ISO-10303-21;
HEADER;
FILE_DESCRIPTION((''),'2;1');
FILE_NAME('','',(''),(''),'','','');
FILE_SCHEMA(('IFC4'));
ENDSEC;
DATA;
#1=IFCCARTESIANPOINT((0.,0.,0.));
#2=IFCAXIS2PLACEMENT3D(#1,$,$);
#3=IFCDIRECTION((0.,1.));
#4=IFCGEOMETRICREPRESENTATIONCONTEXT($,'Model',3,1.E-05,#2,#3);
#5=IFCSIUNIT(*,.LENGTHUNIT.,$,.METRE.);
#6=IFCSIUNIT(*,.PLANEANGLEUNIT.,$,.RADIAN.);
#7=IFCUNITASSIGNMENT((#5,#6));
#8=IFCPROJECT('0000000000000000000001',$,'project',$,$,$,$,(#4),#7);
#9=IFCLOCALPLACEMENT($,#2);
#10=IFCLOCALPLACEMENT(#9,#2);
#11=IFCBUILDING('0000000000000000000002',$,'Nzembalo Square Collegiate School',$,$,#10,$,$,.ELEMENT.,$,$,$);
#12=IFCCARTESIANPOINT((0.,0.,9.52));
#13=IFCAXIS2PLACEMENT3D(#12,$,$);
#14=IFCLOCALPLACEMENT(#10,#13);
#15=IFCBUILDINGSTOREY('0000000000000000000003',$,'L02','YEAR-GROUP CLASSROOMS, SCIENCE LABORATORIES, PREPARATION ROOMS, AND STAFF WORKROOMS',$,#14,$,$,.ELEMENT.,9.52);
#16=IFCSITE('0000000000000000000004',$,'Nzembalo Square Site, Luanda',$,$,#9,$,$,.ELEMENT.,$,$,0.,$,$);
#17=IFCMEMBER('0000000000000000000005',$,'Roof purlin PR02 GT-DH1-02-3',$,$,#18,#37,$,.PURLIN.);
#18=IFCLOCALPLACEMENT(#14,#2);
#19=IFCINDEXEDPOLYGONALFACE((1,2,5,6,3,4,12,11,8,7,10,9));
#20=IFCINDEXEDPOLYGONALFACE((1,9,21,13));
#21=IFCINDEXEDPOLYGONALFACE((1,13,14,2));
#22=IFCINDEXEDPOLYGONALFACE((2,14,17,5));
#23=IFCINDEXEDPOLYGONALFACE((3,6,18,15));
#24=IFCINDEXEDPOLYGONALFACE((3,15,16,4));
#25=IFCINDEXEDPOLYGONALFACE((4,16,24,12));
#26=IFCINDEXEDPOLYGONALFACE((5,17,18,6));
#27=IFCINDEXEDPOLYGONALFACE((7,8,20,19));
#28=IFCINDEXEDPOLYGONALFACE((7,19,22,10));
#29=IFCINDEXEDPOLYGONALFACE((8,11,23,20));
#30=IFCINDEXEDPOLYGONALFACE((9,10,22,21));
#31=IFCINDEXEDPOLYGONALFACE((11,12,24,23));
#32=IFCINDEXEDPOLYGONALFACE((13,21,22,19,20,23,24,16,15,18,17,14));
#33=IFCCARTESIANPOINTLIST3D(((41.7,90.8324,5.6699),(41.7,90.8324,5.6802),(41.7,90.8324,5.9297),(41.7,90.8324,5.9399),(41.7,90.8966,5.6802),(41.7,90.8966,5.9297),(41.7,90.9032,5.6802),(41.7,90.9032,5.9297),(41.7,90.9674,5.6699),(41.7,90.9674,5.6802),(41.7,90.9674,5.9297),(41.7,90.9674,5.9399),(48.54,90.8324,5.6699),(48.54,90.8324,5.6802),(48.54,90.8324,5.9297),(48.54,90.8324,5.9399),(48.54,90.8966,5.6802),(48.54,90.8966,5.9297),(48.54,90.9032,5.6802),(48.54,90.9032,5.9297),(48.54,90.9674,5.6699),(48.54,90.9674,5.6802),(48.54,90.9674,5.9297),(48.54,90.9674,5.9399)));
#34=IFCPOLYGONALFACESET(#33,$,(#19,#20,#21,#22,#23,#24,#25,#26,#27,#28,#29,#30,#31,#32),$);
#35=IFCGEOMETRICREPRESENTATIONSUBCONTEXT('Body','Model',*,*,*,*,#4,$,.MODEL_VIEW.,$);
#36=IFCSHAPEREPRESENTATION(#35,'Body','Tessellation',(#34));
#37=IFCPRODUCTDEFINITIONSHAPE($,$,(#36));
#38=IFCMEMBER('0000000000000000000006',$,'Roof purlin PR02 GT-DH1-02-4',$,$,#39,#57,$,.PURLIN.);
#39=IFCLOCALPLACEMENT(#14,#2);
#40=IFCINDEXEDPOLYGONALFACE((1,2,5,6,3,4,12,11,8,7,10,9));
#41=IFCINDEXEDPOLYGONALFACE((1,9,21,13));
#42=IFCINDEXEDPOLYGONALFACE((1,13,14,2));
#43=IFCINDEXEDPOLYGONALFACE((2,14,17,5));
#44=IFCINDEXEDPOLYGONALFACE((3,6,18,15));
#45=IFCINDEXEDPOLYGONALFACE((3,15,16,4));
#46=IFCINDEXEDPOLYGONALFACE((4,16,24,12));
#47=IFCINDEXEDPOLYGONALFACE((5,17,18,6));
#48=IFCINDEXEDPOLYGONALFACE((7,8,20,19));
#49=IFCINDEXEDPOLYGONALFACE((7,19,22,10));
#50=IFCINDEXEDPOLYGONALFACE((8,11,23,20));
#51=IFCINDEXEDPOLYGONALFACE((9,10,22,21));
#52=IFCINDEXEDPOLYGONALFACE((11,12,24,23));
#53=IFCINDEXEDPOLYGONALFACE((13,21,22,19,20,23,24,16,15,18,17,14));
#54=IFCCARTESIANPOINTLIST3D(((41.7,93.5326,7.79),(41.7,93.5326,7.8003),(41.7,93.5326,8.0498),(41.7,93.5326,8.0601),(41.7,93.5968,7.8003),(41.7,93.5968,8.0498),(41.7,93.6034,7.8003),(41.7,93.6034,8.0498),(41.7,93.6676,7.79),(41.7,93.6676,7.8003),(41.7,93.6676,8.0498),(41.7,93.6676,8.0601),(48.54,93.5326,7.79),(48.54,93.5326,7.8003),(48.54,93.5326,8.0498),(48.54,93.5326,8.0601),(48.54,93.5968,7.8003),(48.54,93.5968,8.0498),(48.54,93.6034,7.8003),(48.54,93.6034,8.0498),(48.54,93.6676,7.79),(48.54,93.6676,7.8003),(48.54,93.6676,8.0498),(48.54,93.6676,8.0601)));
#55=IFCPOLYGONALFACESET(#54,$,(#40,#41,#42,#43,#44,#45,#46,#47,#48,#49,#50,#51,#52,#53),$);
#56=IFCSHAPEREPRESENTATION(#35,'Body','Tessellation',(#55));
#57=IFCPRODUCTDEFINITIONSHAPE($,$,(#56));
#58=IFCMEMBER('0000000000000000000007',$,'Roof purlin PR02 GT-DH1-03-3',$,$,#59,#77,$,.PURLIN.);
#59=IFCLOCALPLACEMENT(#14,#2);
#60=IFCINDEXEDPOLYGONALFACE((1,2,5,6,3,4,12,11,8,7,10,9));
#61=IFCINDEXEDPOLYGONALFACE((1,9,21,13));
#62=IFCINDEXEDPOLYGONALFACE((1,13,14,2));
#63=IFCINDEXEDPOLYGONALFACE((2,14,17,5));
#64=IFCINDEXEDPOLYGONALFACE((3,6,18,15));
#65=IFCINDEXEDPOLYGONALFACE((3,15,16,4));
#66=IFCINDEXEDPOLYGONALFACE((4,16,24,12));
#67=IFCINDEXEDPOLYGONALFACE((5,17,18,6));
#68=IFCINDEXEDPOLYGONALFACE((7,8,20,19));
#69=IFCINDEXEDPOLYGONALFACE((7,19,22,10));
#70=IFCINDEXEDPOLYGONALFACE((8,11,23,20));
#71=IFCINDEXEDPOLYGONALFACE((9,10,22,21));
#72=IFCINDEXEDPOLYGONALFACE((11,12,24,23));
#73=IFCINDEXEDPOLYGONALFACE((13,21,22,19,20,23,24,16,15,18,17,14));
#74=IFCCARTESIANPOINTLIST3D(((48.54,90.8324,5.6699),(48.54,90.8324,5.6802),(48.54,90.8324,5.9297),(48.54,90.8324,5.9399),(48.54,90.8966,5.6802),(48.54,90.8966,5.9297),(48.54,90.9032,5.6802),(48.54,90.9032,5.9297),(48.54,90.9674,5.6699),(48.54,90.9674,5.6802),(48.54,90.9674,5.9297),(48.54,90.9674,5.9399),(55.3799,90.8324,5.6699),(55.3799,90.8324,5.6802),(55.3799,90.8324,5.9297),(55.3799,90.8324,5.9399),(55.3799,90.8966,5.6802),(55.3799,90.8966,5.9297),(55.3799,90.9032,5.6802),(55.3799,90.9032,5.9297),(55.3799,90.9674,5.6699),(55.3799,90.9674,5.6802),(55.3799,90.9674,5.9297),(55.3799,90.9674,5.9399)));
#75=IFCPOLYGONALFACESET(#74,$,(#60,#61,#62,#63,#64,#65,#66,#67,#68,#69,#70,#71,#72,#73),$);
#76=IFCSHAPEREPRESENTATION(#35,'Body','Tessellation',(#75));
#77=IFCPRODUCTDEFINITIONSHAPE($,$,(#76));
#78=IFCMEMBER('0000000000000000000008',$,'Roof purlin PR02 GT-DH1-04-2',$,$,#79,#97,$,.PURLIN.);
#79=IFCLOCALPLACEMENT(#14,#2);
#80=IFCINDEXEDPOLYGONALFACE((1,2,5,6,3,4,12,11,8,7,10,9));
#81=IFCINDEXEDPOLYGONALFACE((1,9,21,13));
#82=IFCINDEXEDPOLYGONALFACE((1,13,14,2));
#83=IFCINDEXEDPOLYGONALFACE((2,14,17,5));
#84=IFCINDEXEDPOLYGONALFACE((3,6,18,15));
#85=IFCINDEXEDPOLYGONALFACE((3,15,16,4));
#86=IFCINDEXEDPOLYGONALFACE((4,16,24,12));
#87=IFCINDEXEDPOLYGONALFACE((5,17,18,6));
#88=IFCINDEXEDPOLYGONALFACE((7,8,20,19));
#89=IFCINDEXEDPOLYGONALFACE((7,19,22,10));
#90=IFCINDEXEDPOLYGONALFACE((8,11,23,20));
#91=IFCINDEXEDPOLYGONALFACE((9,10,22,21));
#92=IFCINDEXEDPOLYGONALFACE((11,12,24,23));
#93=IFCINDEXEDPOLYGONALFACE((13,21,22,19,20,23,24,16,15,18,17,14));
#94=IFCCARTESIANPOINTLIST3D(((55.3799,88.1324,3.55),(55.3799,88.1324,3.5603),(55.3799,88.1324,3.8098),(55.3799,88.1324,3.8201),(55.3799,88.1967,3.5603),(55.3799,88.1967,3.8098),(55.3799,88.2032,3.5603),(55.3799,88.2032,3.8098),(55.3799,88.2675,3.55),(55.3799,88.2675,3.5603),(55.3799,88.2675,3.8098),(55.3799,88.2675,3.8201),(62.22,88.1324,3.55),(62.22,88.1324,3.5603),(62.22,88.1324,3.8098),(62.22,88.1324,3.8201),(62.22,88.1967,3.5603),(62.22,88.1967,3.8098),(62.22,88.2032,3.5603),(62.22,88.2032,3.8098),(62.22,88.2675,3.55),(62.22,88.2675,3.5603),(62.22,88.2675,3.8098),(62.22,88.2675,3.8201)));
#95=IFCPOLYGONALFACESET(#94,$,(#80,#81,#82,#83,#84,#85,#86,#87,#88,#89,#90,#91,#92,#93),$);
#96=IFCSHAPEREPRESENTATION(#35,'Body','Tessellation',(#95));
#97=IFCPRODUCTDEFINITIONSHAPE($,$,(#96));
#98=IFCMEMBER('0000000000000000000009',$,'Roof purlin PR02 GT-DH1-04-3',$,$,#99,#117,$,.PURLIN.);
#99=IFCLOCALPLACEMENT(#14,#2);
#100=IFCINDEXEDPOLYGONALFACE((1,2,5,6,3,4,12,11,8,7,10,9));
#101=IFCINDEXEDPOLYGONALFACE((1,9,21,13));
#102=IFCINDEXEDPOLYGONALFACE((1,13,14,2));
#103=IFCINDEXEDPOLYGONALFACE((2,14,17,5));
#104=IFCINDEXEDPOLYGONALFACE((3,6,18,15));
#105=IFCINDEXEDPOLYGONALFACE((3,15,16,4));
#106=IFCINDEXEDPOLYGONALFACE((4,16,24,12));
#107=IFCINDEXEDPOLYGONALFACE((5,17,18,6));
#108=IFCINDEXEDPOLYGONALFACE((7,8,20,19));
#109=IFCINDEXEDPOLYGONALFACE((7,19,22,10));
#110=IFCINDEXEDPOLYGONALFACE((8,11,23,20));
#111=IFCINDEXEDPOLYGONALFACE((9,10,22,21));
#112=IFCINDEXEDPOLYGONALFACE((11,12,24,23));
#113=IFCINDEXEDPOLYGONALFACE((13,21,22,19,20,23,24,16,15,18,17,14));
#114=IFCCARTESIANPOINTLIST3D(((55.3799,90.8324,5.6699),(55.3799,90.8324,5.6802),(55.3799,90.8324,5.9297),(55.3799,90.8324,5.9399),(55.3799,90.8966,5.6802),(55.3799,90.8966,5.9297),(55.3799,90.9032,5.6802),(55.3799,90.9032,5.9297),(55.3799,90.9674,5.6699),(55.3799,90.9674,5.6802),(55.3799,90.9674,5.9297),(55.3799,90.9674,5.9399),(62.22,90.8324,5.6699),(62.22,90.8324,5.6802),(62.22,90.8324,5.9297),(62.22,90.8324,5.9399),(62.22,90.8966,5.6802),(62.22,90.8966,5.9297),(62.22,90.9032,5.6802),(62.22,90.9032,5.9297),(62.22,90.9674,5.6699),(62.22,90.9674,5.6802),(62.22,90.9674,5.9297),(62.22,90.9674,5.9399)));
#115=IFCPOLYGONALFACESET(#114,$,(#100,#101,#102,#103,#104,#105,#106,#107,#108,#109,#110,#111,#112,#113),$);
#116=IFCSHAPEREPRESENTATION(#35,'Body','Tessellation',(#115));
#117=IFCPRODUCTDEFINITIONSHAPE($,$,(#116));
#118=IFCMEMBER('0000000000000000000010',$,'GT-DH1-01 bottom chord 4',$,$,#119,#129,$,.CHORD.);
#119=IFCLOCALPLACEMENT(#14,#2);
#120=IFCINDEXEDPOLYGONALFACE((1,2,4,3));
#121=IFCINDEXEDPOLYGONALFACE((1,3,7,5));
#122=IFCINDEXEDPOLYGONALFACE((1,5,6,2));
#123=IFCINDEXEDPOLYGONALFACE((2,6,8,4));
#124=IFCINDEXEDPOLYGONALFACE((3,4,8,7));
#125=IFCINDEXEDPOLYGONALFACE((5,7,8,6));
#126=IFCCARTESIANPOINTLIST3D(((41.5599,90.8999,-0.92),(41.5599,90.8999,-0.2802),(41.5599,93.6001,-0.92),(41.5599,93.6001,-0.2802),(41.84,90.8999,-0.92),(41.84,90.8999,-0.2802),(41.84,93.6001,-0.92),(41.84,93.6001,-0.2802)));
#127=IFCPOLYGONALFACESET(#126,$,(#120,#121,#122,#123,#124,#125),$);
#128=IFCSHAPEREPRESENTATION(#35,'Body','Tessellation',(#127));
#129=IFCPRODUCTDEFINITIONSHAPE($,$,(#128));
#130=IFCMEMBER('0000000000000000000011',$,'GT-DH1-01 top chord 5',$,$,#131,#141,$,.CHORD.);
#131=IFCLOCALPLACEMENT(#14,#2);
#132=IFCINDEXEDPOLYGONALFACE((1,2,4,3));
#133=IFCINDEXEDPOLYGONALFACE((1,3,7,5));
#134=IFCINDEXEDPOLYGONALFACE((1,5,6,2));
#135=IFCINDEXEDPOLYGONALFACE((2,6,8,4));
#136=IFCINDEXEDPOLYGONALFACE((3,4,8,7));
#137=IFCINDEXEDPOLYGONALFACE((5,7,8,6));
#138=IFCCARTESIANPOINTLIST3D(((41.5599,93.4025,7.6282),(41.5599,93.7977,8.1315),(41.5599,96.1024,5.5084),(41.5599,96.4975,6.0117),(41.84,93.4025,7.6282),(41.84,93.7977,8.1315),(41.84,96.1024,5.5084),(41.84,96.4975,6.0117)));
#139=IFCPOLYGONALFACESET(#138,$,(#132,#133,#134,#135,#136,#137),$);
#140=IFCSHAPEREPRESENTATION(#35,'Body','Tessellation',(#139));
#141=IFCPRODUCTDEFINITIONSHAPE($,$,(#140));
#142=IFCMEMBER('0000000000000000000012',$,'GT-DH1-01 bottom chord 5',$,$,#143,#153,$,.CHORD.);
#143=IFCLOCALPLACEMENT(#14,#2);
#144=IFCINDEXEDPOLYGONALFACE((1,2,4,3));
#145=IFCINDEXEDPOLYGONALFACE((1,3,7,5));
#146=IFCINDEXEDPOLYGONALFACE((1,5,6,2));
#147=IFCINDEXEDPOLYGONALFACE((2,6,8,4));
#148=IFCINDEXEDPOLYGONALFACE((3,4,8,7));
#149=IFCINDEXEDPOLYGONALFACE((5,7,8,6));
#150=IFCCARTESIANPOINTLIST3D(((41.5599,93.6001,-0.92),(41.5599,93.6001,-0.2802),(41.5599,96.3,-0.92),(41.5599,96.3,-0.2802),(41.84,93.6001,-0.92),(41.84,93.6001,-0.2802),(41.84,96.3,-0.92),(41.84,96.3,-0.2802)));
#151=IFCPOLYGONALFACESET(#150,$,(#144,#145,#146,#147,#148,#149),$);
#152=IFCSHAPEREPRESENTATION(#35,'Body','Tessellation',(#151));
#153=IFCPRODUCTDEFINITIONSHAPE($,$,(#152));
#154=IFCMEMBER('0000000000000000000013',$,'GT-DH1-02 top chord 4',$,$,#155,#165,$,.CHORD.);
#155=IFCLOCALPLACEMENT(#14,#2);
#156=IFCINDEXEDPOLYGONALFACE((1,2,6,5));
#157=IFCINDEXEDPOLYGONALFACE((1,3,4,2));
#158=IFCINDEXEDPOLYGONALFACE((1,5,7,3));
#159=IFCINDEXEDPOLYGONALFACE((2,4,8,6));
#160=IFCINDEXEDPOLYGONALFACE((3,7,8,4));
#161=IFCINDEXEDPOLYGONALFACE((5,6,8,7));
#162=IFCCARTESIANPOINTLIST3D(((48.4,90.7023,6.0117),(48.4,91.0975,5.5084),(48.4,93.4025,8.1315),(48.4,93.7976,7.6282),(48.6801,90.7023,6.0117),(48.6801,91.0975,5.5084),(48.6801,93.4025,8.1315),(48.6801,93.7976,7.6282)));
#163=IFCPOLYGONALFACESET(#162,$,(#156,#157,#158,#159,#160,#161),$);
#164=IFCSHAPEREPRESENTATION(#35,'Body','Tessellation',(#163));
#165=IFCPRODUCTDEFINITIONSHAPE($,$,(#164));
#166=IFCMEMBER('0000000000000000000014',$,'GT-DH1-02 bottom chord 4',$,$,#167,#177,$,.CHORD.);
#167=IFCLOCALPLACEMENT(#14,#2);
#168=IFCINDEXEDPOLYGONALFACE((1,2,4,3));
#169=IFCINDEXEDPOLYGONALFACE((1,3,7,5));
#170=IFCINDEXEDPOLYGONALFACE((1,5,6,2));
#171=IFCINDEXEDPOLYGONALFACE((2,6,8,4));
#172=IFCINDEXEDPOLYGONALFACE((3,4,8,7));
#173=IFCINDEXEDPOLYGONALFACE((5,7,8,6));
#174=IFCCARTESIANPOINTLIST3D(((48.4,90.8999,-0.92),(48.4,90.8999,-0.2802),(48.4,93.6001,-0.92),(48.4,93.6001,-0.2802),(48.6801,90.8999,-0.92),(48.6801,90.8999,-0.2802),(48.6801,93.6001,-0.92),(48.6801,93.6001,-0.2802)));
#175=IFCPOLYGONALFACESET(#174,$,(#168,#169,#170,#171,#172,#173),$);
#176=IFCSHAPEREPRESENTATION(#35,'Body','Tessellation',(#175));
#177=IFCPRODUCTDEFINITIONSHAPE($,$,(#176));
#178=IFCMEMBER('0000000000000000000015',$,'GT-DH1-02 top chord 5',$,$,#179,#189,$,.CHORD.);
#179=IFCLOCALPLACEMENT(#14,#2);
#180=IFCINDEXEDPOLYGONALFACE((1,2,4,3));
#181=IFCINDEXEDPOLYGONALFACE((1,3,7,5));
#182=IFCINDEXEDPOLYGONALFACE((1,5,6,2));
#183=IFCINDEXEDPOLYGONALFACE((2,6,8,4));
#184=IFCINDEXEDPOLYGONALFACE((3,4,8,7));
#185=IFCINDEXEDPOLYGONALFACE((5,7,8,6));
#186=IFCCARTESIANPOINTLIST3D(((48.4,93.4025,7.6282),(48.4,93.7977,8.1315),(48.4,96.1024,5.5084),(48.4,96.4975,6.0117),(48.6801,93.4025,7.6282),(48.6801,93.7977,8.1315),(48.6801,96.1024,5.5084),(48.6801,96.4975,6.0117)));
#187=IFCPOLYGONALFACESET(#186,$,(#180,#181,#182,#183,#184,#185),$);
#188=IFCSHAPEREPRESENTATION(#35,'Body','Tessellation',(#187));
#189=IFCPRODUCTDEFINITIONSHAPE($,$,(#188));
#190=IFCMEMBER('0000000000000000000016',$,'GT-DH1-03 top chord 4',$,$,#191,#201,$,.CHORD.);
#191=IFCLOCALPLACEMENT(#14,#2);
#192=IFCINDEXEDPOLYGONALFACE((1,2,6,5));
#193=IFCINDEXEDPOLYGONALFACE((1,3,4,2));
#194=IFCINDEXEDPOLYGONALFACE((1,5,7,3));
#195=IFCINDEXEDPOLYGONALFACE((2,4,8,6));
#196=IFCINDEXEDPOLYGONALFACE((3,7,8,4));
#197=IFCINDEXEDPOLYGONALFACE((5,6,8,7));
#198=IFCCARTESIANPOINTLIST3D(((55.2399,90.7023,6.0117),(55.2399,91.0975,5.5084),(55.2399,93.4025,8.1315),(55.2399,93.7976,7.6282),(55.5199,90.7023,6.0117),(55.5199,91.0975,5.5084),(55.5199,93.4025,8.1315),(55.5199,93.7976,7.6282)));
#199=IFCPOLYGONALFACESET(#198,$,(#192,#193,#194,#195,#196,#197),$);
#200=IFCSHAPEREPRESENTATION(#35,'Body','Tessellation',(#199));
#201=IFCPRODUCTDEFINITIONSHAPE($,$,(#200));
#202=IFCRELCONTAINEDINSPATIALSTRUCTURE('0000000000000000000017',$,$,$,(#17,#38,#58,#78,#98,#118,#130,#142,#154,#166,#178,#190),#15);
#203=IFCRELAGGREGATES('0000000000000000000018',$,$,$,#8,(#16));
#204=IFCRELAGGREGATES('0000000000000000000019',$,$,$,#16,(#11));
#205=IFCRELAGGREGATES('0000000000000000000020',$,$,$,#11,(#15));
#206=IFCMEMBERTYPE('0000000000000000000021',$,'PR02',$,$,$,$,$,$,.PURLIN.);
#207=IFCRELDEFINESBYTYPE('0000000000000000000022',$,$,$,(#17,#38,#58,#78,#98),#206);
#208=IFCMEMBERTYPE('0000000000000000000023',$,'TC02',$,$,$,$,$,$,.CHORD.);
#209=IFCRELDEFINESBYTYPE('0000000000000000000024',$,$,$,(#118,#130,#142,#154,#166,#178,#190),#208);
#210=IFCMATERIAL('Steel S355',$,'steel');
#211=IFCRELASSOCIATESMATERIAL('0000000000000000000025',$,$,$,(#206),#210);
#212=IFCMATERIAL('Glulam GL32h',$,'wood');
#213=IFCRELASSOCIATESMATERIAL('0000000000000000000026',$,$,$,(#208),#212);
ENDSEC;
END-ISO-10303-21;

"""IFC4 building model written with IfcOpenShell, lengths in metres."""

from ifc_helpers import new_model, si_unit, direction, frame, origin, origin_2d, place, context, subcontext, project, spatial, rectangle, i_section, extrude, material, material_profile, profile_set, type_object, element, save


model = new_model("IFC4")

# Units and contexts
model_context = context("Model", 3, precision=1e-05, world=origin(), true_north=direction((0.0, 1.0)))
body_context = subcontext(model_context, "Body", "Model", "MODEL_VIEW")
ifc_project = project(units=[si_unit("LENGTHUNIT", "METRE"), si_unit("PLANEANGLEUNIT", "RADIAN")], contexts=[model_context])

# Site, building, storey
site_placement = place(None, origin())
site = spatial("IfcSite", under=ifc_project, at=site_placement, Name="Nzembalo Square Site, Luanda", CompositionType="ELEMENT", RefElevation=0.0)
building_placement = place(site_placement, origin())
building = spatial("IfcBuilding", under=site, at=building_placement, Name="Nzembalo Square Collegiate School", CompositionType="ELEMENT")
storey_placement = place(building_placement, frame((0.0, 0.0, 9.52)))
storey = spatial("IfcBuildingStorey", under=building, at=storey_placement, Name="L02", Description="YEAR-GROUP CLASSROOMS, SCIENCE LABORATORIES, PREPARATION ROOMS, AND STAFF WORKROOMS", CompositionType="ELEMENT", Elevation=9.52)

# Members
ifc_material_1 = material(Name="Steel S355", Category="steel")
ifc_material_profile_1 = material_profile(ifc_material_1, i_section(OverallWidth=0.135, OverallDepth=0.27, WebThickness=0.0066, FlangeThickness=0.0103, at=origin_2d()), Name="IPE 270")
ifc_profile_set_1 = profile_set([ifc_material_profile_1], Name="Steel S355")
member_type_1 = type_object("IfcMemberType", Name="PR02", PredefinedType="PURLIN", material=ifc_profile_set_1)
for number, where, z_axis, x_axis, name in (
    (1, (41.7, 90.8999, 5.8049), (1.0, 0.0, 0.0), (0.0, 1.0, 0.0), "Roof purlin PR02 GT-DH1-02-3"),
    (2, (41.7, 93.6001, 7.925), (1.0, 0.0, 0.0), (0.0, 1.0, 0.0), "Roof purlin PR02 GT-DH1-02-4"),
):
    element("IfcMember", number, at=place(storey_placement, frame(where, z_axis=z_axis, x_axis=x_axis)), inside=storey, type_object=member_type_1, Name=name, PredefinedType="PURLIN", context=body_context, shape_type="SweptSolid", body=[
        extrude(i_section(OverallWidth=0.135, OverallDepth=0.27, WebThickness=0.0066, FlangeThickness=0.0103, at=origin_2d()), origin(), (0.0, 0.0, 1.0), 6.8401),
    ])
member_1_placement = place(storey_placement, frame((48.54, 90.8999, 5.8049), z_axis=(1.0, 0.0, 0.0), x_axis=(0.0, 1.0, 0.0)))
element("IfcMember", 3, at=member_1_placement, inside=storey, type_object=member_type_1, Name="Roof purlin PR02 GT-DH1-03-3", PredefinedType="PURLIN", context=body_context, shape_type="SweptSolid", body=[
    extrude(i_section(OverallWidth=0.135, OverallDepth=0.27, WebThickness=0.0066, FlangeThickness=0.0103, at=origin_2d()), origin(), (0.0, 0.0, 1.0), 6.8398),
])
for number, where, z_axis, x_axis, name in (
    (4, (55.3799, 88.2, 3.6851), (1.0, 0.0, 0.0), (0.0, 1.0, 0.0), "Roof purlin PR02 GT-DH1-04-2"),
    (5, (55.3799, 90.8999, 5.8049), (1.0, 0.0, 0.0), (0.0, 1.0, 0.0), "Roof purlin PR02 GT-DH1-04-3"),
):
    element("IfcMember", number, at=place(storey_placement, frame(where, z_axis=z_axis, x_axis=x_axis)), inside=storey, type_object=member_type_1, Name=name, PredefinedType="PURLIN", context=body_context, shape_type="SweptSolid", body=[
        extrude(i_section(OverallWidth=0.135, OverallDepth=0.27, WebThickness=0.0066, FlangeThickness=0.0103, at=origin_2d()), origin(), (0.0, 0.0, 1.0), 6.8401),
    ])
ifc_material_2 = material(Name="Glulam GL32h", Category="wood")
ifc_material_profile_2 = material_profile(ifc_material_2, rectangle(XDim=0.28, YDim=0.6399, at=origin_2d()), Name="GL32h 280x640")
ifc_profile_set_2 = profile_set([ifc_material_profile_2], Name="Glulam GL32h")
member_type_2 = type_object("IfcMemberType", Name="TC02", PredefinedType="CHORD", material=ifc_profile_set_2)
member_2_placement = place(storey_placement, frame((41.7, 90.8999, -0.6001), z_axis=(0.0, 1.0, 0.0), x_axis=(-1.0, 0.0, 0.0)))
element("IfcMember", 6, at=member_2_placement, inside=storey, type_object=member_type_2, Name="GT-DH1-01 bottom chord 4", PredefinedType="CHORD", context=body_context, shape_type="SweptSolid", body=[
    extrude(rectangle(XDim=0.28, YDim=0.6399, at=origin_2d()), origin(), (0.0, 0.0, 1.0), 2.7002),
])
member_3_placement = place(storey_placement, frame((41.7, 93.6001, 7.8799), z_axis=(0.0, 0.786533, -0.617548), x_axis=(-1.0, 0.0, 0.0)))
element("IfcMember", 7, at=member_3_placement, inside=storey, type_object=member_type_2, Name="GT-DH1-01 top chord 5", PredefinedType="CHORD", context=body_context, shape_type="SweptSolid", body=[
    extrude(rectangle(XDim=0.28, YDim=0.6399, at=origin_2d()), origin(), (0.0, 0.0, 1.0), 3.4326),
])
member_4_placement = place(storey_placement, frame((41.7, 93.6001, -0.6001), z_axis=(0.0, 1.0, 0.0), x_axis=(-1.0, 0.0, 0.0)))
element("IfcMember", 8, at=member_4_placement, inside=storey, type_object=member_type_2, Name="GT-DH1-01 bottom chord 5", PredefinedType="CHORD", context=body_context, shape_type="SweptSolid", body=[
    extrude(rectangle(XDim=0.28, YDim=0.6399, at=origin_2d()), origin(), (0.0, 0.0, 1.0), 2.7),
])
member_5_placement = place(storey_placement, frame((48.54, 90.8999, 5.76), z_axis=(0.0, 0.78656, 0.617514), x_axis=(-1.0, 0.0, 0.0)))
element("IfcMember", 9, at=member_5_placement, inside=storey, type_object=member_type_2, Name="GT-DH1-02 top chord 4", PredefinedType="CHORD", context=body_context, shape_type="SweptSolid", body=[
    extrude(rectangle(XDim=0.28, YDim=0.6399, at=origin_2d()), origin(), (0.0, 0.0, 1.0), 3.4329),
])
member_6_placement = place(storey_placement, frame((48.54, 90.8999, -0.6001), z_axis=(0.0, 1.0, 0.0), x_axis=(-1.0, 0.0, 0.0)))
element("IfcMember", 10, at=member_6_placement, inside=storey, type_object=member_type_2, Name="GT-DH1-02 bottom chord 4", PredefinedType="CHORD", context=body_context, shape_type="SweptSolid", body=[
    extrude(rectangle(XDim=0.28, YDim=0.6399, at=origin_2d()), origin(), (0.0, 0.0, 1.0), 2.7002),
])
member_7_placement = place(storey_placement, frame((48.54, 93.6001, 7.8799), z_axis=(0.0, 0.786533, -0.617548), x_axis=(-1.0, 0.0, 0.0)))
element("IfcMember", 11, at=member_7_placement, inside=storey, type_object=member_type_2, Name="GT-DH1-02 top chord 5", PredefinedType="CHORD", context=body_context, shape_type="SweptSolid", body=[
    extrude(rectangle(XDim=0.28, YDim=0.6399, at=origin_2d()), origin(), (0.0, 0.0, 1.0), 3.4326),
])
member_8_placement = place(storey_placement, frame((55.3799, 90.8999, 5.76), z_axis=(0.0, 0.78656, 0.617514), x_axis=(-1.0, 0.0, 0.0)))
element("IfcMember", 12, at=member_8_placement, inside=storey, type_object=member_type_2, Name="GT-DH1-03 top chord 4", PredefinedType="CHORD", context=body_context, shape_type="SweptSolid", body=[
    extrude(rectangle(XDim=0.28, YDim=0.6399, at=origin_2d()), origin(), (0.0, 0.0, 1.0), 3.4329),
])

save(model, "model.ifc")
